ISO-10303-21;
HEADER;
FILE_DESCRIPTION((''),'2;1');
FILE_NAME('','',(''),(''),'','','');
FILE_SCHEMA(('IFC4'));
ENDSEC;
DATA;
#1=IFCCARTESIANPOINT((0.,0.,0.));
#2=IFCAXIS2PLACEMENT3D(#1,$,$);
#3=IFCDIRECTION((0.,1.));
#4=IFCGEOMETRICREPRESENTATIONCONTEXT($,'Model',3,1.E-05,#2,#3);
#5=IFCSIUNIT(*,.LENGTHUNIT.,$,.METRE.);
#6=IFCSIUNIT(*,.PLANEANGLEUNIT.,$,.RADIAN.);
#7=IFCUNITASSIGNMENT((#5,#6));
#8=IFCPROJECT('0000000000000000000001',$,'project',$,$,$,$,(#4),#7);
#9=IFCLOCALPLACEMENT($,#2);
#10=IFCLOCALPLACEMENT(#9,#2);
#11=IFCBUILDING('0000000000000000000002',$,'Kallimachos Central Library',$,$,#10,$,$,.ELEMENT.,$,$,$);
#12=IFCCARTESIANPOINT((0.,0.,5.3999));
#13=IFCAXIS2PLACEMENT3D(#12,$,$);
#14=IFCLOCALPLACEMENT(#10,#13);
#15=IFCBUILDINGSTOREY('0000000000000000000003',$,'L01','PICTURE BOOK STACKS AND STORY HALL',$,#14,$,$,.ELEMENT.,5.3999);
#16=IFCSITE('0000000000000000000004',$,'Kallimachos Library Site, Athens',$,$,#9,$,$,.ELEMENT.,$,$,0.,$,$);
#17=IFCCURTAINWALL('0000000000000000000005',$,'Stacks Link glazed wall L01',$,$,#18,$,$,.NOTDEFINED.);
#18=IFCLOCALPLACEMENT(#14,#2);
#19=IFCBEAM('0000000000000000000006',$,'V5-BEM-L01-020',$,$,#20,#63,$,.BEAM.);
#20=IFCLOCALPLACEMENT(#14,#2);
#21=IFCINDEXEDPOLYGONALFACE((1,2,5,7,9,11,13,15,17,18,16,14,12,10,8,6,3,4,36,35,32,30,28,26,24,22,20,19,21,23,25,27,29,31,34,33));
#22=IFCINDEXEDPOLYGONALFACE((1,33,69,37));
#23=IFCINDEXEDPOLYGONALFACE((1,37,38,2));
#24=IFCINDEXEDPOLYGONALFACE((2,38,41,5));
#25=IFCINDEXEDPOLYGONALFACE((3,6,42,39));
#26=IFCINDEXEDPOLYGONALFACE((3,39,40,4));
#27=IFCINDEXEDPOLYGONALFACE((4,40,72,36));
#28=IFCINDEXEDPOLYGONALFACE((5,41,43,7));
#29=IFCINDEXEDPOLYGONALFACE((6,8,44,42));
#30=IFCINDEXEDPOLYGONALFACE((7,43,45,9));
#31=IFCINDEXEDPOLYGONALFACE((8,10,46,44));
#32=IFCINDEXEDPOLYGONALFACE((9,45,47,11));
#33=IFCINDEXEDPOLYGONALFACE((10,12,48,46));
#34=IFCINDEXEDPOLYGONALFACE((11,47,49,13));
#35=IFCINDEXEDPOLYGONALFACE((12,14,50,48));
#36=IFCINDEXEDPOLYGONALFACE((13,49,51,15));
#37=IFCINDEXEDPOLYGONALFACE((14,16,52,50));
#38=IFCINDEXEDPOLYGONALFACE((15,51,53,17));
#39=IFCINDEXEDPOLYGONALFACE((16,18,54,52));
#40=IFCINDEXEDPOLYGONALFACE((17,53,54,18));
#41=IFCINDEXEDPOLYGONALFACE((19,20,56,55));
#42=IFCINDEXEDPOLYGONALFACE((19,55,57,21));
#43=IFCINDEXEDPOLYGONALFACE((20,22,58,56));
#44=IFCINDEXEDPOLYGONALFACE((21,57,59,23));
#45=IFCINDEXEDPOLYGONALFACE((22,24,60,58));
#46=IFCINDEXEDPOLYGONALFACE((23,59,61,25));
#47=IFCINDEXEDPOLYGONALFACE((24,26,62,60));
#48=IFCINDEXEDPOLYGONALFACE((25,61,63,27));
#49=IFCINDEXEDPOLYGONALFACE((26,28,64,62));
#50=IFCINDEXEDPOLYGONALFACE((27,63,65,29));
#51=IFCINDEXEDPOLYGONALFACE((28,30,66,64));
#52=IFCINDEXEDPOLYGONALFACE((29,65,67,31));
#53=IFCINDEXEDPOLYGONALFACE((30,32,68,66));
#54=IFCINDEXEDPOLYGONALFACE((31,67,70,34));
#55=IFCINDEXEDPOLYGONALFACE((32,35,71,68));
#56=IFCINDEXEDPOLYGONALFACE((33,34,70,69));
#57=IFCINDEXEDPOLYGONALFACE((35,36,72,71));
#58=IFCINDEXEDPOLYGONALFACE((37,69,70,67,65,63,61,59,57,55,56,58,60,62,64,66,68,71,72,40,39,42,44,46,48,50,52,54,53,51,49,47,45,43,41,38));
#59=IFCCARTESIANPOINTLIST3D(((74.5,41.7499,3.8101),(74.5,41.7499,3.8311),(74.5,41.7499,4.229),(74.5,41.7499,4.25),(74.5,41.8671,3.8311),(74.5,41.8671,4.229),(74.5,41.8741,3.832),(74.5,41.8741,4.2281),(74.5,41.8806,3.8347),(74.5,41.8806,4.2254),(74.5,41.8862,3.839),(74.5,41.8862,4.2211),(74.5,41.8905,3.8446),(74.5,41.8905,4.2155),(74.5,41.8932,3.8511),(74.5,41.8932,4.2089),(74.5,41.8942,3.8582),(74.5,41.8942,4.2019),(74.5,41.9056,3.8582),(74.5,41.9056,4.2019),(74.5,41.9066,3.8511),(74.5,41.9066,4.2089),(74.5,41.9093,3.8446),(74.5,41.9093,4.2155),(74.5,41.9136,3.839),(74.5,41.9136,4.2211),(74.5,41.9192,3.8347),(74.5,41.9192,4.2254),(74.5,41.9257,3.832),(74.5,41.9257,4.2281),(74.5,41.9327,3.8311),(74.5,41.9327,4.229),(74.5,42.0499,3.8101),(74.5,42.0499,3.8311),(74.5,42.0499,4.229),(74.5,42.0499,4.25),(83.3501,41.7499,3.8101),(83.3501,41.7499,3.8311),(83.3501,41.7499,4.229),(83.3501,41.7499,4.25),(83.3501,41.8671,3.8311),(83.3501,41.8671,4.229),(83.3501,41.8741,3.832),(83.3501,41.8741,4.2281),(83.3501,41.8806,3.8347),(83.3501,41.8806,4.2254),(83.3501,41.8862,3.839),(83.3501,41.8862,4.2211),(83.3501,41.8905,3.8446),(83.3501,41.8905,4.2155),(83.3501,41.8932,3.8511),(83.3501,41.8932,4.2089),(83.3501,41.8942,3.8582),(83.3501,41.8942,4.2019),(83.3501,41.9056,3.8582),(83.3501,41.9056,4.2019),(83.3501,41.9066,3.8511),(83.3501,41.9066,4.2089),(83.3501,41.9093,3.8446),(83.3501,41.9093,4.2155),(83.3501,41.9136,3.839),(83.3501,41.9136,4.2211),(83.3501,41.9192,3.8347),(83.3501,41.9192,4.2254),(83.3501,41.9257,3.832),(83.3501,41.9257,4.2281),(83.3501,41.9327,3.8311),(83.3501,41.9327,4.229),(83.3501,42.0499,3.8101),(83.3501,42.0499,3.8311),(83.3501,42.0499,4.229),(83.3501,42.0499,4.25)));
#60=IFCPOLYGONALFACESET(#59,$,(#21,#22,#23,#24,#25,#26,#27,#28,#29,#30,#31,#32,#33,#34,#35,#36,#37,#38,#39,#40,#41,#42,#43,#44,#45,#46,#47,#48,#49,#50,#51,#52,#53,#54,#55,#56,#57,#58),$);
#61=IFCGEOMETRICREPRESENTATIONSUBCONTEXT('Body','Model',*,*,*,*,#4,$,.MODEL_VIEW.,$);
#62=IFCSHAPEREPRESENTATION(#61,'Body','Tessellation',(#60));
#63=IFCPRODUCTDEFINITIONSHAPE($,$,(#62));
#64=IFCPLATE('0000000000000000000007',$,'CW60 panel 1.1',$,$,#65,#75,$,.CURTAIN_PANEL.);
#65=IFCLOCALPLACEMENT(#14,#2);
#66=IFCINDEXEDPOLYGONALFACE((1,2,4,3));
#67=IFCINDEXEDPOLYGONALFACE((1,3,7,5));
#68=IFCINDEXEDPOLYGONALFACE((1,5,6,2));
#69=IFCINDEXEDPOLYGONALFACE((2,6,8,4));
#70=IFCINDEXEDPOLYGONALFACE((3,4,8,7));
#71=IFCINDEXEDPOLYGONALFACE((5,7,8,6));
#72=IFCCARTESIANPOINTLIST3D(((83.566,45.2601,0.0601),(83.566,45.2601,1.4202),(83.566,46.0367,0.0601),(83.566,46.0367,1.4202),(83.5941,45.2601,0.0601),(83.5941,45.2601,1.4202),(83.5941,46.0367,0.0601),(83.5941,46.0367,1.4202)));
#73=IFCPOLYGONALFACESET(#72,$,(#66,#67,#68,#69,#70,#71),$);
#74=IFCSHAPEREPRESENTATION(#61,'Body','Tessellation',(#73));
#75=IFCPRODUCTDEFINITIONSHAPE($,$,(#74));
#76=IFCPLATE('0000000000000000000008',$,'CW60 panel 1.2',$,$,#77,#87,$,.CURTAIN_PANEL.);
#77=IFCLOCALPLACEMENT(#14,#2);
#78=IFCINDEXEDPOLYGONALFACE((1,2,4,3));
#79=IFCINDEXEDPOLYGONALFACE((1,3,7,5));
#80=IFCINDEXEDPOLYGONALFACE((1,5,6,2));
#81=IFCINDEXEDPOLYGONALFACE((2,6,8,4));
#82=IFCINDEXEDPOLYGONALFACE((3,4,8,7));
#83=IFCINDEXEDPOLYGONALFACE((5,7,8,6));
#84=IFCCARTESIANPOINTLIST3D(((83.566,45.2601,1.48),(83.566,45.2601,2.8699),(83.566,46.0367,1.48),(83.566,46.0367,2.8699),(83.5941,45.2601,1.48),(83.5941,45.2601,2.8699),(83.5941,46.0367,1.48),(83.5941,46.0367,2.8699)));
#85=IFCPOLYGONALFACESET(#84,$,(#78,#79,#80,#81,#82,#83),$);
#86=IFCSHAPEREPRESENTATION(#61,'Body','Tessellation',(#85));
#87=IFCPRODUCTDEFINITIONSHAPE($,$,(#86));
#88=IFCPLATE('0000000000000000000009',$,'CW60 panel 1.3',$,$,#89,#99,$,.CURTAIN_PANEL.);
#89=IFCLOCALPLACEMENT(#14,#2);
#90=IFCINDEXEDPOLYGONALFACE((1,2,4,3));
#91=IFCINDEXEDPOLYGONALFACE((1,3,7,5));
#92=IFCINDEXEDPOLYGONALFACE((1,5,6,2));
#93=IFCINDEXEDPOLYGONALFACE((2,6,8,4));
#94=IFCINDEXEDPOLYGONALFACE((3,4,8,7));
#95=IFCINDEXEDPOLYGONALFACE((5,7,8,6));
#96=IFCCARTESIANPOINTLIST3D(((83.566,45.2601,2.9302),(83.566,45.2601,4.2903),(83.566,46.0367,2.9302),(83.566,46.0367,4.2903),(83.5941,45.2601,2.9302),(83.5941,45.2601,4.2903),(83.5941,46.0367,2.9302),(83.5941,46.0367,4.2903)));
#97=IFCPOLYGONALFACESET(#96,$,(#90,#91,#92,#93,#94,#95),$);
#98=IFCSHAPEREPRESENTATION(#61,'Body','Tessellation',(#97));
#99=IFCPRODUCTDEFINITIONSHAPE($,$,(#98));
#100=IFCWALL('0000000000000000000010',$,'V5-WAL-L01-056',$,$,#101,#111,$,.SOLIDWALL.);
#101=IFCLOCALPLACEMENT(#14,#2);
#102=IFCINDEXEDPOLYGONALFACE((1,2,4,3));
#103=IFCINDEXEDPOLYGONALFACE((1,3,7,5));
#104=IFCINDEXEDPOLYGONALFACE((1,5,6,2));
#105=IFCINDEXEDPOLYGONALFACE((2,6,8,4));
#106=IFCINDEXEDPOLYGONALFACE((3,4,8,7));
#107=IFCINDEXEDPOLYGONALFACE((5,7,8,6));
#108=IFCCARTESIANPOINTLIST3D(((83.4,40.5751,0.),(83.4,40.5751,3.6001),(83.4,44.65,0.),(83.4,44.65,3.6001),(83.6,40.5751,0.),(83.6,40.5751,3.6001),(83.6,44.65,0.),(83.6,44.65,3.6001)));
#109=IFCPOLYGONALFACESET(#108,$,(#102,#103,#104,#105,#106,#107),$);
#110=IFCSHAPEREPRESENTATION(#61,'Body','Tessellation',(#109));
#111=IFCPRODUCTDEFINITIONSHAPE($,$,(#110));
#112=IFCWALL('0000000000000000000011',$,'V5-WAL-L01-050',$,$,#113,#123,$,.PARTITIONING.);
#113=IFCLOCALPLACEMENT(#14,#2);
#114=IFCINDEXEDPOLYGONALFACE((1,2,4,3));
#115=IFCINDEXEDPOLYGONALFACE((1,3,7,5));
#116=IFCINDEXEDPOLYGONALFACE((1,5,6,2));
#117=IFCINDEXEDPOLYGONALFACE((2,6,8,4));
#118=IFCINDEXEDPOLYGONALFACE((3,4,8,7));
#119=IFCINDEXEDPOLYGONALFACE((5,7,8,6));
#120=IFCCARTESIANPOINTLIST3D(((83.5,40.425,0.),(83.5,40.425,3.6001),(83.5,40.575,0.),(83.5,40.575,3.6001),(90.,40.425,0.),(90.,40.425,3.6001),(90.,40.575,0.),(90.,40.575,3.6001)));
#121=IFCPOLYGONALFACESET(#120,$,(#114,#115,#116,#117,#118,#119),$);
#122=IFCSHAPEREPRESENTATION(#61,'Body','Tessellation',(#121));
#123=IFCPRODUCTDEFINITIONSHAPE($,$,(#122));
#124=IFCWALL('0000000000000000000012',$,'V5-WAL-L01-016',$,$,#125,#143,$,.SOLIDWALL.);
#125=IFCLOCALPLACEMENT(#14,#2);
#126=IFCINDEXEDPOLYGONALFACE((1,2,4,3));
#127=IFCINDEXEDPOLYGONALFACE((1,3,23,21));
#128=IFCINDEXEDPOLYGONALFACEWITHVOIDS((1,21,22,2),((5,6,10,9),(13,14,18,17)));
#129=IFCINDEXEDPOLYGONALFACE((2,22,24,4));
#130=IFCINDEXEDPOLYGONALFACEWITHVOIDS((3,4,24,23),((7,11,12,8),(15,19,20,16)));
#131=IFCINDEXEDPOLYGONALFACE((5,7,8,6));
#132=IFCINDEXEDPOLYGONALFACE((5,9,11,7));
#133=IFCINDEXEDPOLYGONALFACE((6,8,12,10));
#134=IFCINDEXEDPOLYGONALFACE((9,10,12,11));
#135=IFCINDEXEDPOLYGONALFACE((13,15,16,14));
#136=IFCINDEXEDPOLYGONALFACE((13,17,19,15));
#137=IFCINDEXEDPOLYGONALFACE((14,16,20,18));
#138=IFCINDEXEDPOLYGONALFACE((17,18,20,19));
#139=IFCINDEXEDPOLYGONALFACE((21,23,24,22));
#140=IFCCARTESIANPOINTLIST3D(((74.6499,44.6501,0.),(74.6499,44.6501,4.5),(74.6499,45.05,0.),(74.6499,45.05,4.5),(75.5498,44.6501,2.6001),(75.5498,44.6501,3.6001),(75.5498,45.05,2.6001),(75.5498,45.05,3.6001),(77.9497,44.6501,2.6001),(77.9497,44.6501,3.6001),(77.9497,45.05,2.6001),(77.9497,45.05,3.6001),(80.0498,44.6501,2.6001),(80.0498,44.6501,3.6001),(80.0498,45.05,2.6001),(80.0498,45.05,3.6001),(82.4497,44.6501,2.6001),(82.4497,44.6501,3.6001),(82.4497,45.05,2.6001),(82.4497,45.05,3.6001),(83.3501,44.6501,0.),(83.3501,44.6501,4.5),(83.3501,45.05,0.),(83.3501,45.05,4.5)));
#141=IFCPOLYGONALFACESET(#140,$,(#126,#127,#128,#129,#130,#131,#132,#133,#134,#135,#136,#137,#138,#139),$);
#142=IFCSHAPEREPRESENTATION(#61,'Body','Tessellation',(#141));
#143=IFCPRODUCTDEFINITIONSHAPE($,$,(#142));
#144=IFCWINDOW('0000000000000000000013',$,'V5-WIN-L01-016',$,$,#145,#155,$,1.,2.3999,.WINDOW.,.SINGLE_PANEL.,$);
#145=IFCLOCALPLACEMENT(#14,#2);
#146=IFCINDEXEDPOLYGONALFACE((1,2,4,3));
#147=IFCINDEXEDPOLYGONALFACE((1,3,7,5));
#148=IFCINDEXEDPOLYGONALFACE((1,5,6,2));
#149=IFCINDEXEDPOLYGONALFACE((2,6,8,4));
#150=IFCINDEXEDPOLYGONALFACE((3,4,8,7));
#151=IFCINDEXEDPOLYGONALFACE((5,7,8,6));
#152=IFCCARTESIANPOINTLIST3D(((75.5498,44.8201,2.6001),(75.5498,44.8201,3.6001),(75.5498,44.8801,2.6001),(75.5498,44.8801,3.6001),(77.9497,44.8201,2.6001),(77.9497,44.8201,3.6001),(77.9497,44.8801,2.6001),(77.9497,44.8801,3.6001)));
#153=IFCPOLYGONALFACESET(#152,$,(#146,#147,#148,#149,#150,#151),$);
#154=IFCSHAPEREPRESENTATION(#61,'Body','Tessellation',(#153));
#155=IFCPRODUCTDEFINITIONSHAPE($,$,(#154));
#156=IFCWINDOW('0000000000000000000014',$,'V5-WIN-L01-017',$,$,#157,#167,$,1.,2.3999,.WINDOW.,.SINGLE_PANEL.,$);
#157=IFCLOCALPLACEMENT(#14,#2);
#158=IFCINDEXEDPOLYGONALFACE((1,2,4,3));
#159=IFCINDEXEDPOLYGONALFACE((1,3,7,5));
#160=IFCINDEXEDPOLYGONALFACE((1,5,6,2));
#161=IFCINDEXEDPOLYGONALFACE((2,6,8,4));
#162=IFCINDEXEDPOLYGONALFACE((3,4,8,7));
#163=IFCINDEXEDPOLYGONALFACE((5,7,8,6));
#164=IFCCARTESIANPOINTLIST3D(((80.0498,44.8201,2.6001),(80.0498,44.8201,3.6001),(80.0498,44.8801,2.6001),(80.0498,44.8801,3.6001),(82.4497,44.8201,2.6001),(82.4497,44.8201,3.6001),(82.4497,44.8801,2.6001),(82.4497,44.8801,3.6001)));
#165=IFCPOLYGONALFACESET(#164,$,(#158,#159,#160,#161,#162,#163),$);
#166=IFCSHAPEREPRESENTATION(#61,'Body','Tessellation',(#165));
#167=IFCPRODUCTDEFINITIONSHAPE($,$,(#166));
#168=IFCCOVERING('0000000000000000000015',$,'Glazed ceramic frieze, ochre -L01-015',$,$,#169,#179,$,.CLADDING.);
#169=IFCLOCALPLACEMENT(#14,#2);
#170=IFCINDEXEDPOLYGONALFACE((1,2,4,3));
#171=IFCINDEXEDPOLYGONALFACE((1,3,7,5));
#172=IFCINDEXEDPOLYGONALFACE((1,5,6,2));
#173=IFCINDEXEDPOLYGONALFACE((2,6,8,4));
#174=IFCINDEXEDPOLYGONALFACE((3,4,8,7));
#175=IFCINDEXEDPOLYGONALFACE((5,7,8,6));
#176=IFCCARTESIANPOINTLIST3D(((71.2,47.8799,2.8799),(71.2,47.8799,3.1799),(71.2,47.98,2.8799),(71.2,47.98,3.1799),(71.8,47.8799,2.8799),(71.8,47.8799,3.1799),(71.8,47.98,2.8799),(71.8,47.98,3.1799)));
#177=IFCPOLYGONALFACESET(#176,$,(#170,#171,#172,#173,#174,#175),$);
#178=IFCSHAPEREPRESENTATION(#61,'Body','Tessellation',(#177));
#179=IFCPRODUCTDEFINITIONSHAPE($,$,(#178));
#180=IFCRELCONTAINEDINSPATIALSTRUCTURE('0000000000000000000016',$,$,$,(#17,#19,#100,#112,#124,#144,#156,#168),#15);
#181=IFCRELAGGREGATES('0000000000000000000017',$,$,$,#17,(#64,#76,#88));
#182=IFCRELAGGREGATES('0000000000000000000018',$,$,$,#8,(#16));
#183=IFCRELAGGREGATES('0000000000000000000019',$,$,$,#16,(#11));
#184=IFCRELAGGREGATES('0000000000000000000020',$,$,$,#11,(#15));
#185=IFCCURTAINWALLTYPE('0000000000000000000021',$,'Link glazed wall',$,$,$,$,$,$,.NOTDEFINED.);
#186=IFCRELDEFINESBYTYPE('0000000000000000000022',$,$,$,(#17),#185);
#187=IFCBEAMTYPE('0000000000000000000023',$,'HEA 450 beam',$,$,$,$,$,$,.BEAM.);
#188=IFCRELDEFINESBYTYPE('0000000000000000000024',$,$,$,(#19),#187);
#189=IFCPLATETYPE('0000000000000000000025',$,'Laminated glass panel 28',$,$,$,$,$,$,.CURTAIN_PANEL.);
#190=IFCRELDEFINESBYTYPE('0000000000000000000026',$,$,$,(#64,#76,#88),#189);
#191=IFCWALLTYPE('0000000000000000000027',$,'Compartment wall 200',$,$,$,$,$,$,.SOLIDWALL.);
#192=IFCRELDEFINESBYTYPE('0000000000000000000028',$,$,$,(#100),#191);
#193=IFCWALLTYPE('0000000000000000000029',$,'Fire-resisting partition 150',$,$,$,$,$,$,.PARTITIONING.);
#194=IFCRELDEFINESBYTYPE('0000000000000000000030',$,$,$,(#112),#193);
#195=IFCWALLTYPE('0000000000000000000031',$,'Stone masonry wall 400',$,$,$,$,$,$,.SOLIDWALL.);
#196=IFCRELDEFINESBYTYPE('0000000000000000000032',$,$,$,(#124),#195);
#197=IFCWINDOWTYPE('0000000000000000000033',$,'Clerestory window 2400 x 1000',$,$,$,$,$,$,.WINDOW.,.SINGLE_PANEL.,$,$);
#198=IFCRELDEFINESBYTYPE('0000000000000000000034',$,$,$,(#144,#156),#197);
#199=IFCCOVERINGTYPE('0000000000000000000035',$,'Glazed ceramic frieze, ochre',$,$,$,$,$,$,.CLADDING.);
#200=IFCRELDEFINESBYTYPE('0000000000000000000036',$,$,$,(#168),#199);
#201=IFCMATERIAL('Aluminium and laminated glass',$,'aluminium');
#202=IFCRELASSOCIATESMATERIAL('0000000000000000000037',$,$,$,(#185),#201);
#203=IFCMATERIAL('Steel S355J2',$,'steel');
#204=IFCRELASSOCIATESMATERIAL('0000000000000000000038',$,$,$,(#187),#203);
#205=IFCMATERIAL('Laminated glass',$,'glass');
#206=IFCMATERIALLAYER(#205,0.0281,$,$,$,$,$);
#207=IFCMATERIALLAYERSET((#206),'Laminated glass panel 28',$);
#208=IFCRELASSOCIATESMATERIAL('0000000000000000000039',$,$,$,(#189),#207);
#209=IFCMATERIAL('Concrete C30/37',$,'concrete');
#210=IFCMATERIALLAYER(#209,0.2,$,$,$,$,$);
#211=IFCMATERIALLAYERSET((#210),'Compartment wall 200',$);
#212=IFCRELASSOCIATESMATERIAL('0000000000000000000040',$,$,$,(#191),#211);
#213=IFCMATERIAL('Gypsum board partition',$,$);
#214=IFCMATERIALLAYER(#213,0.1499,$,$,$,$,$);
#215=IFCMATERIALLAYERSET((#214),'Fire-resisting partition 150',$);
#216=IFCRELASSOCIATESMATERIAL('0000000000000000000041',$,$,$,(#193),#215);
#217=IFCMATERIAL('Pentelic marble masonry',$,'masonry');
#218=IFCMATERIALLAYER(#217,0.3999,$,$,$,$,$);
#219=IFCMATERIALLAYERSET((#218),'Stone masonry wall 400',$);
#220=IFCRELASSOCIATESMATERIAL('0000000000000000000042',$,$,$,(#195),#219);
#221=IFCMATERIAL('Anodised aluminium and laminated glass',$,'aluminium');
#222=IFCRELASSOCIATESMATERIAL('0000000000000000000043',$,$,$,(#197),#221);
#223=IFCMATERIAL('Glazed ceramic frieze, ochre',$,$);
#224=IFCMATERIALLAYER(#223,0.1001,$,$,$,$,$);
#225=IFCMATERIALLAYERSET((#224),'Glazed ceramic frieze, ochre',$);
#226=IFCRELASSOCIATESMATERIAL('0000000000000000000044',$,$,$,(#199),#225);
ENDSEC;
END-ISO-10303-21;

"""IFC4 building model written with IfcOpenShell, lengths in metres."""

from ifc_helpers import new_model, si_unit, direction, frame, frame_2d, origin, origin_2d, place, context, subcontext, project, spatial, rectangle, i_section, extrude, material, layer, layer_set, material_profile, profile_set, type_object, element, fill, aggregate, save


model = new_model("IFC4")

# Units and contexts
model_context = context("Model", 3, precision=1e-05, world=origin(), true_north=direction((0.0, 1.0)))
body_context = subcontext(model_context, "Body", "Model", "MODEL_VIEW")
ifc_project = project(units=[si_unit("LENGTHUNIT", "METRE"), si_unit("PLANEANGLEUNIT", "RADIAN")], contexts=[model_context])

# Site, building, storey
site_placement = place(None, origin())
site = spatial("IfcSite", under=ifc_project, at=site_placement, Name="Kallimachos Library Site, Athens", CompositionType="ELEMENT", RefElevation=0.0)
building_placement = place(site_placement, origin())
building = spatial("IfcBuilding", under=site, at=building_placement, Name="Kallimachos Central Library", CompositionType="ELEMENT")
storey_placement = place(building_placement, frame((0.0, 0.0, 5.3999)))
storey = spatial("IfcBuildingStorey", under=building, at=storey_placement, Name="L01", Description="PICTURE BOOK STACKS AND STORY HALL", CompositionType="ELEMENT", Elevation=5.3999)

# Curtain wall
ifc_material_1 = material(Name="Aluminium and laminated glass", Category="aluminium")
curtain_wall_type = type_object("IfcCurtainWallType", Name="Link glazed wall", PredefinedType="NOTDEFINED", material=ifc_material_1)
curtain_wall_placement = place(storey_placement, origin())
curtain_wall = element("IfcCurtainWall", 1, at=curtain_wall_placement, inside=storey, type_object=curtain_wall_type, Name="Stacks Link glazed wall L01", PredefinedType="NOTDEFINED")

# Beam
ifc_material_2 = material(Name="Steel S355J2", Category="steel")
ifc_material_profile_1 = material_profile(ifc_material_2, i_section(OverallWidth=0.3, OverallDepth=0.4399, WebThickness=0.0115, FlangeThickness=0.021, FilletRadius=0.0271, at=origin_2d()), Name="HEA 450")
ifc_profile_set_1 = profile_set([ifc_material_profile_1], Name="Steel S355J2")
beam_type = type_object("IfcBeamType", Name="HEA 450 beam", PredefinedType="BEAM", material=ifc_profile_set_1)
beam_placement = place(storey_placement, frame((74.5, 41.8999, 4.03), z_axis=(1.0, 0.0, 0.0), x_axis=(0.0, 1.0, 0.0)))
element("IfcBeam", 2, at=beam_placement, inside=storey, type_object=beam_type, Name="V5-BEM-L01-020", PredefinedType="BEAM", context=body_context, shape_type="SweptSolid", body=[
    extrude(i_section(OverallWidth=0.3, OverallDepth=0.4399, WebThickness=0.0115, FlangeThickness=0.021, FilletRadius=0.0271, at=origin_2d()), origin(), (0.0, 0.0, 1.0), 8.8501),
])

# Plates
ifc_material_3 = material(Name="Laminated glass", Category="glass")
ifc_layer_1 = layer(ifc_material_3, 0.0281)
ifc_layer_set_1 = layer_set([ifc_layer_1], Name="Laminated glass panel 28")
plate_type = type_object("IfcPlateType", Name="Laminated glass panel 28", PredefinedType="CURTAIN_PANEL", material=ifc_layer_set_1)
plate_1_placement = place(storey_placement, frame((83.5801, 45.6484, 0.0601), z_axis=(0.0, 0.0, 1.0), x_axis=(0.0, 1.0, 0.0)))
plate_1 = element("IfcPlate", 3, at=plate_1_placement, type_object=plate_type, Name="CW60 panel 1.1", PredefinedType="CURTAIN_PANEL", context=body_context, shape_type="SweptSolid", body=[
    extrude(rectangle(XDim=0.7766, YDim=0.0281, at=origin_2d()), origin(), (0.0, 0.0, 1.0), 1.3601),
])
plate_2_placement = place(storey_placement, frame((83.5801, 45.6484, 1.48), z_axis=(0.0, 0.0, 1.0), x_axis=(0.0, 1.0, 0.0)))
plate_2 = element("IfcPlate", 4, at=plate_2_placement, type_object=plate_type, Name="CW60 panel 1.2", PredefinedType="CURTAIN_PANEL", context=body_context, shape_type="SweptSolid", body=[
    extrude(rectangle(XDim=0.7766, YDim=0.0281, at=origin_2d()), origin(), (0.0, 0.0, 1.0), 1.3899),
])
plate_3_placement = place(storey_placement, frame((83.5801, 45.6484, 2.9302), z_axis=(0.0, 0.0, 1.0), x_axis=(0.0, 1.0, 0.0)))
plate_3 = element("IfcPlate", 5, at=plate_3_placement, type_object=plate_type, Name="CW60 panel 1.3", PredefinedType="CURTAIN_PANEL", context=body_context, shape_type="SweptSolid", body=[
    extrude(rectangle(XDim=0.7766, YDim=0.0281, at=origin_2d()), origin(), (0.0, 0.0, 1.0), 1.3601),
])
aggregate(curtain_wall, [plate_1, plate_2, plate_3])

# Walls
ifc_material_4 = material(Name="Concrete C30/37", Category="concrete")
ifc_layer_2 = layer(ifc_material_4, 0.2)
ifc_layer_set_2 = layer_set([ifc_layer_2], Name="Compartment wall 200")
wall_type_1 = type_object("IfcWallType", Name="Compartment wall 200", PredefinedType="SOLIDWALL", material=ifc_layer_set_2)
wall_1_placement = place(storey_placement, frame((83.5, 40.575, 0.0), z_axis=(0.0, 0.0, 1.0), x_axis=(0.0, 1.0, 0.0)))
element("IfcWall", 6, at=wall_1_placement, inside=storey, type_object=wall_type_1, Name="V5-WAL-L01-056", PredefinedType="SOLIDWALL", context=body_context, shape_type="SweptSolid", body=[
    extrude(rectangle(XDim=4.075, YDim=0.2, at=frame_2d((2.0376, 0.0))), origin(), (0.0, 0.0, 1.0), 3.6001),
])
ifc_material_5 = material(Name="Gypsum board partition")
ifc_layer_3 = layer(ifc_material_5, 0.1499)
ifc_layer_set_3 = layer_set([ifc_layer_3], Name="Fire-resisting partition 150")
wall_type_2 = type_object("IfcWallType", Name="Fire-resisting partition 150", PredefinedType="PARTITIONING", material=ifc_layer_set_3)
wall_2_placement = place(storey_placement, frame((83.5, 40.5, 0.0), z_axis=(0.0, 0.0, 1.0), x_axis=(1.0, 0.0, 0.0)))
element("IfcWall", 7, at=wall_2_placement, inside=storey, type_object=wall_type_2, Name="V5-WAL-L01-050", PredefinedType="PARTITIONING", context=body_context, shape_type="SweptSolid", body=[
    extrude(rectangle(XDim=6.5, YDim=0.1499, at=frame_2d((3.25, 0.0))), origin(), (0.0, 0.0, 1.0), 3.6001),
])

# Wall, openings, windows
ifc_material_6 = material(Name="Pentelic marble masonry", Category="masonry")
ifc_layer_4 = layer(ifc_material_6, 0.3999)
ifc_layer_set_4 = layer_set([ifc_layer_4], Name="Stone masonry wall 400")
wall_type_3 = type_object("IfcWallType", Name="Stone masonry wall 400", PredefinedType="SOLIDWALL", material=ifc_layer_set_4)
wall_3_placement = place(storey_placement, frame((74.6499, 44.8501, 0.0), z_axis=(0.0, 0.0, 1.0), x_axis=(1.0, 0.0, 0.0)))
wall_3 = element("IfcWall", 8, at=wall_3_placement, inside=storey, type_object=wall_type_3, Name="V5-WAL-L01-016", PredefinedType="SOLIDWALL", context=body_context, shape_type="SweptSolid", body=[
    extrude(rectangle(XDim=8.7002, YDim=0.3999, at=frame_2d((4.3501, 0.0))), origin(), (0.0, 0.0, 1.0), 4.5),
])
opening_1_placement = place(wall_3_placement, frame((0.8999, 0.0, 2.6001)))
opening_1 = element("IfcOpeningElement", 9, at=opening_1_placement, cuts=wall_3, PredefinedType="OPENING", context=body_context, shape_type="SweptSolid", body=[
    extrude(rectangle(XDim=2.3999, YDim=1.0, at=frame_2d((1.2, 0.5))), frame((0.0, 0.21, 0.0), z_axis=(0.0, -1.0, 0.0), x_axis=(1.0, 0.0, 0.0)), (0.0, 0.0, 1.0), 0.4199),
])
opening_2_placement = place(wall_3_placement, frame((5.3999, 0.0, 2.6001)))
opening_2 = element("IfcOpeningElement", 10, at=opening_2_placement, cuts=wall_3, PredefinedType="OPENING", context=body_context, shape_type="SweptSolid", body=[
    extrude(rectangle(XDim=2.3999, YDim=1.0, at=frame_2d((1.2, 0.5))), frame((0.0, 0.21, 0.0), z_axis=(0.0, -1.0, 0.0), x_axis=(1.0, 0.0, 0.0)), (0.0, 0.0, 1.0), 0.4199),
])
ifc_material_7 = material(Name="Anodised aluminium and laminated glass", Category="aluminium")
window_type = type_object("IfcWindowType", Name="Clerestory window 2400 x 1000", PartitioningType="SINGLE_PANEL", PredefinedType="WINDOW", material=ifc_material_7)
window_1_placement = place(opening_1_placement, origin())
window_1 = element("IfcWindow", 11, at=window_1_placement, inside=storey, type_object=window_type, Name="V5-WIN-L01-016", OverallHeight=1.0, OverallWidth=2.3999, PartitioningType="SINGLE_PANEL", PredefinedType="WINDOW", context=body_context, shape_type="SweptSolid", body=[
    extrude(rectangle(XDim=2.3999, YDim=1.0, at=frame_2d((1.2, 0.5))), frame((0.0, 0.03, 0.0), z_axis=(0.0, -1.0, 0.0), x_axis=(1.0, 0.0, 0.0)), (0.0, 0.0, 1.0), 0.0601),
])
fill(opening_1, window_1)
window_2_placement = place(opening_2_placement, origin())
window_2 = element("IfcWindow", 12, at=window_2_placement, inside=storey, type_object=window_type, Name="V5-WIN-L01-017", OverallHeight=1.0, OverallWidth=2.3999, PartitioningType="SINGLE_PANEL", PredefinedType="WINDOW", context=body_context, shape_type="SweptSolid", body=[
    extrude(rectangle(XDim=2.3999, YDim=1.0, at=frame_2d((1.2, 0.5))), frame((0.0, 0.03, 0.0), z_axis=(0.0, -1.0, 0.0), x_axis=(1.0, 0.0, 0.0)), (0.0, 0.0, 1.0), 0.0601),
])
fill(opening_2, window_2)

# Covering
ifc_material_8 = material(Name="Glazed ceramic frieze, ochre")
ifc_layer_5 = layer(ifc_material_8, 0.1001)
ifc_layer_set_5 = layer_set([ifc_layer_5], Name="Glazed ceramic frieze, ochre")
covering_type_1 = type_object("IfcCoveringType", Name="Glazed ceramic frieze, ochre", PredefinedType="CLADDING", material=ifc_layer_set_5)
covering_1_placement = place(storey_placement, frame((71.5, 47.9299, 2.8799), z_axis=(0.0, 0.0, 1.0), x_axis=(1.0, 0.0, 0.0)))
element("IfcCovering", 13, at=covering_1_placement, inside=storey, type_object=covering_type_1, Name="Glazed ceramic frieze, ochre -L01-015", PredefinedType="CLADDING", context=body_context, shape_type="SweptSolid", body=[
    extrude(rectangle(XDim=0.6001, YDim=0.1001, at=origin_2d()), origin(), (0.0, 0.0, 1.0), 0.3),
])

save(model, "model.ifc")
